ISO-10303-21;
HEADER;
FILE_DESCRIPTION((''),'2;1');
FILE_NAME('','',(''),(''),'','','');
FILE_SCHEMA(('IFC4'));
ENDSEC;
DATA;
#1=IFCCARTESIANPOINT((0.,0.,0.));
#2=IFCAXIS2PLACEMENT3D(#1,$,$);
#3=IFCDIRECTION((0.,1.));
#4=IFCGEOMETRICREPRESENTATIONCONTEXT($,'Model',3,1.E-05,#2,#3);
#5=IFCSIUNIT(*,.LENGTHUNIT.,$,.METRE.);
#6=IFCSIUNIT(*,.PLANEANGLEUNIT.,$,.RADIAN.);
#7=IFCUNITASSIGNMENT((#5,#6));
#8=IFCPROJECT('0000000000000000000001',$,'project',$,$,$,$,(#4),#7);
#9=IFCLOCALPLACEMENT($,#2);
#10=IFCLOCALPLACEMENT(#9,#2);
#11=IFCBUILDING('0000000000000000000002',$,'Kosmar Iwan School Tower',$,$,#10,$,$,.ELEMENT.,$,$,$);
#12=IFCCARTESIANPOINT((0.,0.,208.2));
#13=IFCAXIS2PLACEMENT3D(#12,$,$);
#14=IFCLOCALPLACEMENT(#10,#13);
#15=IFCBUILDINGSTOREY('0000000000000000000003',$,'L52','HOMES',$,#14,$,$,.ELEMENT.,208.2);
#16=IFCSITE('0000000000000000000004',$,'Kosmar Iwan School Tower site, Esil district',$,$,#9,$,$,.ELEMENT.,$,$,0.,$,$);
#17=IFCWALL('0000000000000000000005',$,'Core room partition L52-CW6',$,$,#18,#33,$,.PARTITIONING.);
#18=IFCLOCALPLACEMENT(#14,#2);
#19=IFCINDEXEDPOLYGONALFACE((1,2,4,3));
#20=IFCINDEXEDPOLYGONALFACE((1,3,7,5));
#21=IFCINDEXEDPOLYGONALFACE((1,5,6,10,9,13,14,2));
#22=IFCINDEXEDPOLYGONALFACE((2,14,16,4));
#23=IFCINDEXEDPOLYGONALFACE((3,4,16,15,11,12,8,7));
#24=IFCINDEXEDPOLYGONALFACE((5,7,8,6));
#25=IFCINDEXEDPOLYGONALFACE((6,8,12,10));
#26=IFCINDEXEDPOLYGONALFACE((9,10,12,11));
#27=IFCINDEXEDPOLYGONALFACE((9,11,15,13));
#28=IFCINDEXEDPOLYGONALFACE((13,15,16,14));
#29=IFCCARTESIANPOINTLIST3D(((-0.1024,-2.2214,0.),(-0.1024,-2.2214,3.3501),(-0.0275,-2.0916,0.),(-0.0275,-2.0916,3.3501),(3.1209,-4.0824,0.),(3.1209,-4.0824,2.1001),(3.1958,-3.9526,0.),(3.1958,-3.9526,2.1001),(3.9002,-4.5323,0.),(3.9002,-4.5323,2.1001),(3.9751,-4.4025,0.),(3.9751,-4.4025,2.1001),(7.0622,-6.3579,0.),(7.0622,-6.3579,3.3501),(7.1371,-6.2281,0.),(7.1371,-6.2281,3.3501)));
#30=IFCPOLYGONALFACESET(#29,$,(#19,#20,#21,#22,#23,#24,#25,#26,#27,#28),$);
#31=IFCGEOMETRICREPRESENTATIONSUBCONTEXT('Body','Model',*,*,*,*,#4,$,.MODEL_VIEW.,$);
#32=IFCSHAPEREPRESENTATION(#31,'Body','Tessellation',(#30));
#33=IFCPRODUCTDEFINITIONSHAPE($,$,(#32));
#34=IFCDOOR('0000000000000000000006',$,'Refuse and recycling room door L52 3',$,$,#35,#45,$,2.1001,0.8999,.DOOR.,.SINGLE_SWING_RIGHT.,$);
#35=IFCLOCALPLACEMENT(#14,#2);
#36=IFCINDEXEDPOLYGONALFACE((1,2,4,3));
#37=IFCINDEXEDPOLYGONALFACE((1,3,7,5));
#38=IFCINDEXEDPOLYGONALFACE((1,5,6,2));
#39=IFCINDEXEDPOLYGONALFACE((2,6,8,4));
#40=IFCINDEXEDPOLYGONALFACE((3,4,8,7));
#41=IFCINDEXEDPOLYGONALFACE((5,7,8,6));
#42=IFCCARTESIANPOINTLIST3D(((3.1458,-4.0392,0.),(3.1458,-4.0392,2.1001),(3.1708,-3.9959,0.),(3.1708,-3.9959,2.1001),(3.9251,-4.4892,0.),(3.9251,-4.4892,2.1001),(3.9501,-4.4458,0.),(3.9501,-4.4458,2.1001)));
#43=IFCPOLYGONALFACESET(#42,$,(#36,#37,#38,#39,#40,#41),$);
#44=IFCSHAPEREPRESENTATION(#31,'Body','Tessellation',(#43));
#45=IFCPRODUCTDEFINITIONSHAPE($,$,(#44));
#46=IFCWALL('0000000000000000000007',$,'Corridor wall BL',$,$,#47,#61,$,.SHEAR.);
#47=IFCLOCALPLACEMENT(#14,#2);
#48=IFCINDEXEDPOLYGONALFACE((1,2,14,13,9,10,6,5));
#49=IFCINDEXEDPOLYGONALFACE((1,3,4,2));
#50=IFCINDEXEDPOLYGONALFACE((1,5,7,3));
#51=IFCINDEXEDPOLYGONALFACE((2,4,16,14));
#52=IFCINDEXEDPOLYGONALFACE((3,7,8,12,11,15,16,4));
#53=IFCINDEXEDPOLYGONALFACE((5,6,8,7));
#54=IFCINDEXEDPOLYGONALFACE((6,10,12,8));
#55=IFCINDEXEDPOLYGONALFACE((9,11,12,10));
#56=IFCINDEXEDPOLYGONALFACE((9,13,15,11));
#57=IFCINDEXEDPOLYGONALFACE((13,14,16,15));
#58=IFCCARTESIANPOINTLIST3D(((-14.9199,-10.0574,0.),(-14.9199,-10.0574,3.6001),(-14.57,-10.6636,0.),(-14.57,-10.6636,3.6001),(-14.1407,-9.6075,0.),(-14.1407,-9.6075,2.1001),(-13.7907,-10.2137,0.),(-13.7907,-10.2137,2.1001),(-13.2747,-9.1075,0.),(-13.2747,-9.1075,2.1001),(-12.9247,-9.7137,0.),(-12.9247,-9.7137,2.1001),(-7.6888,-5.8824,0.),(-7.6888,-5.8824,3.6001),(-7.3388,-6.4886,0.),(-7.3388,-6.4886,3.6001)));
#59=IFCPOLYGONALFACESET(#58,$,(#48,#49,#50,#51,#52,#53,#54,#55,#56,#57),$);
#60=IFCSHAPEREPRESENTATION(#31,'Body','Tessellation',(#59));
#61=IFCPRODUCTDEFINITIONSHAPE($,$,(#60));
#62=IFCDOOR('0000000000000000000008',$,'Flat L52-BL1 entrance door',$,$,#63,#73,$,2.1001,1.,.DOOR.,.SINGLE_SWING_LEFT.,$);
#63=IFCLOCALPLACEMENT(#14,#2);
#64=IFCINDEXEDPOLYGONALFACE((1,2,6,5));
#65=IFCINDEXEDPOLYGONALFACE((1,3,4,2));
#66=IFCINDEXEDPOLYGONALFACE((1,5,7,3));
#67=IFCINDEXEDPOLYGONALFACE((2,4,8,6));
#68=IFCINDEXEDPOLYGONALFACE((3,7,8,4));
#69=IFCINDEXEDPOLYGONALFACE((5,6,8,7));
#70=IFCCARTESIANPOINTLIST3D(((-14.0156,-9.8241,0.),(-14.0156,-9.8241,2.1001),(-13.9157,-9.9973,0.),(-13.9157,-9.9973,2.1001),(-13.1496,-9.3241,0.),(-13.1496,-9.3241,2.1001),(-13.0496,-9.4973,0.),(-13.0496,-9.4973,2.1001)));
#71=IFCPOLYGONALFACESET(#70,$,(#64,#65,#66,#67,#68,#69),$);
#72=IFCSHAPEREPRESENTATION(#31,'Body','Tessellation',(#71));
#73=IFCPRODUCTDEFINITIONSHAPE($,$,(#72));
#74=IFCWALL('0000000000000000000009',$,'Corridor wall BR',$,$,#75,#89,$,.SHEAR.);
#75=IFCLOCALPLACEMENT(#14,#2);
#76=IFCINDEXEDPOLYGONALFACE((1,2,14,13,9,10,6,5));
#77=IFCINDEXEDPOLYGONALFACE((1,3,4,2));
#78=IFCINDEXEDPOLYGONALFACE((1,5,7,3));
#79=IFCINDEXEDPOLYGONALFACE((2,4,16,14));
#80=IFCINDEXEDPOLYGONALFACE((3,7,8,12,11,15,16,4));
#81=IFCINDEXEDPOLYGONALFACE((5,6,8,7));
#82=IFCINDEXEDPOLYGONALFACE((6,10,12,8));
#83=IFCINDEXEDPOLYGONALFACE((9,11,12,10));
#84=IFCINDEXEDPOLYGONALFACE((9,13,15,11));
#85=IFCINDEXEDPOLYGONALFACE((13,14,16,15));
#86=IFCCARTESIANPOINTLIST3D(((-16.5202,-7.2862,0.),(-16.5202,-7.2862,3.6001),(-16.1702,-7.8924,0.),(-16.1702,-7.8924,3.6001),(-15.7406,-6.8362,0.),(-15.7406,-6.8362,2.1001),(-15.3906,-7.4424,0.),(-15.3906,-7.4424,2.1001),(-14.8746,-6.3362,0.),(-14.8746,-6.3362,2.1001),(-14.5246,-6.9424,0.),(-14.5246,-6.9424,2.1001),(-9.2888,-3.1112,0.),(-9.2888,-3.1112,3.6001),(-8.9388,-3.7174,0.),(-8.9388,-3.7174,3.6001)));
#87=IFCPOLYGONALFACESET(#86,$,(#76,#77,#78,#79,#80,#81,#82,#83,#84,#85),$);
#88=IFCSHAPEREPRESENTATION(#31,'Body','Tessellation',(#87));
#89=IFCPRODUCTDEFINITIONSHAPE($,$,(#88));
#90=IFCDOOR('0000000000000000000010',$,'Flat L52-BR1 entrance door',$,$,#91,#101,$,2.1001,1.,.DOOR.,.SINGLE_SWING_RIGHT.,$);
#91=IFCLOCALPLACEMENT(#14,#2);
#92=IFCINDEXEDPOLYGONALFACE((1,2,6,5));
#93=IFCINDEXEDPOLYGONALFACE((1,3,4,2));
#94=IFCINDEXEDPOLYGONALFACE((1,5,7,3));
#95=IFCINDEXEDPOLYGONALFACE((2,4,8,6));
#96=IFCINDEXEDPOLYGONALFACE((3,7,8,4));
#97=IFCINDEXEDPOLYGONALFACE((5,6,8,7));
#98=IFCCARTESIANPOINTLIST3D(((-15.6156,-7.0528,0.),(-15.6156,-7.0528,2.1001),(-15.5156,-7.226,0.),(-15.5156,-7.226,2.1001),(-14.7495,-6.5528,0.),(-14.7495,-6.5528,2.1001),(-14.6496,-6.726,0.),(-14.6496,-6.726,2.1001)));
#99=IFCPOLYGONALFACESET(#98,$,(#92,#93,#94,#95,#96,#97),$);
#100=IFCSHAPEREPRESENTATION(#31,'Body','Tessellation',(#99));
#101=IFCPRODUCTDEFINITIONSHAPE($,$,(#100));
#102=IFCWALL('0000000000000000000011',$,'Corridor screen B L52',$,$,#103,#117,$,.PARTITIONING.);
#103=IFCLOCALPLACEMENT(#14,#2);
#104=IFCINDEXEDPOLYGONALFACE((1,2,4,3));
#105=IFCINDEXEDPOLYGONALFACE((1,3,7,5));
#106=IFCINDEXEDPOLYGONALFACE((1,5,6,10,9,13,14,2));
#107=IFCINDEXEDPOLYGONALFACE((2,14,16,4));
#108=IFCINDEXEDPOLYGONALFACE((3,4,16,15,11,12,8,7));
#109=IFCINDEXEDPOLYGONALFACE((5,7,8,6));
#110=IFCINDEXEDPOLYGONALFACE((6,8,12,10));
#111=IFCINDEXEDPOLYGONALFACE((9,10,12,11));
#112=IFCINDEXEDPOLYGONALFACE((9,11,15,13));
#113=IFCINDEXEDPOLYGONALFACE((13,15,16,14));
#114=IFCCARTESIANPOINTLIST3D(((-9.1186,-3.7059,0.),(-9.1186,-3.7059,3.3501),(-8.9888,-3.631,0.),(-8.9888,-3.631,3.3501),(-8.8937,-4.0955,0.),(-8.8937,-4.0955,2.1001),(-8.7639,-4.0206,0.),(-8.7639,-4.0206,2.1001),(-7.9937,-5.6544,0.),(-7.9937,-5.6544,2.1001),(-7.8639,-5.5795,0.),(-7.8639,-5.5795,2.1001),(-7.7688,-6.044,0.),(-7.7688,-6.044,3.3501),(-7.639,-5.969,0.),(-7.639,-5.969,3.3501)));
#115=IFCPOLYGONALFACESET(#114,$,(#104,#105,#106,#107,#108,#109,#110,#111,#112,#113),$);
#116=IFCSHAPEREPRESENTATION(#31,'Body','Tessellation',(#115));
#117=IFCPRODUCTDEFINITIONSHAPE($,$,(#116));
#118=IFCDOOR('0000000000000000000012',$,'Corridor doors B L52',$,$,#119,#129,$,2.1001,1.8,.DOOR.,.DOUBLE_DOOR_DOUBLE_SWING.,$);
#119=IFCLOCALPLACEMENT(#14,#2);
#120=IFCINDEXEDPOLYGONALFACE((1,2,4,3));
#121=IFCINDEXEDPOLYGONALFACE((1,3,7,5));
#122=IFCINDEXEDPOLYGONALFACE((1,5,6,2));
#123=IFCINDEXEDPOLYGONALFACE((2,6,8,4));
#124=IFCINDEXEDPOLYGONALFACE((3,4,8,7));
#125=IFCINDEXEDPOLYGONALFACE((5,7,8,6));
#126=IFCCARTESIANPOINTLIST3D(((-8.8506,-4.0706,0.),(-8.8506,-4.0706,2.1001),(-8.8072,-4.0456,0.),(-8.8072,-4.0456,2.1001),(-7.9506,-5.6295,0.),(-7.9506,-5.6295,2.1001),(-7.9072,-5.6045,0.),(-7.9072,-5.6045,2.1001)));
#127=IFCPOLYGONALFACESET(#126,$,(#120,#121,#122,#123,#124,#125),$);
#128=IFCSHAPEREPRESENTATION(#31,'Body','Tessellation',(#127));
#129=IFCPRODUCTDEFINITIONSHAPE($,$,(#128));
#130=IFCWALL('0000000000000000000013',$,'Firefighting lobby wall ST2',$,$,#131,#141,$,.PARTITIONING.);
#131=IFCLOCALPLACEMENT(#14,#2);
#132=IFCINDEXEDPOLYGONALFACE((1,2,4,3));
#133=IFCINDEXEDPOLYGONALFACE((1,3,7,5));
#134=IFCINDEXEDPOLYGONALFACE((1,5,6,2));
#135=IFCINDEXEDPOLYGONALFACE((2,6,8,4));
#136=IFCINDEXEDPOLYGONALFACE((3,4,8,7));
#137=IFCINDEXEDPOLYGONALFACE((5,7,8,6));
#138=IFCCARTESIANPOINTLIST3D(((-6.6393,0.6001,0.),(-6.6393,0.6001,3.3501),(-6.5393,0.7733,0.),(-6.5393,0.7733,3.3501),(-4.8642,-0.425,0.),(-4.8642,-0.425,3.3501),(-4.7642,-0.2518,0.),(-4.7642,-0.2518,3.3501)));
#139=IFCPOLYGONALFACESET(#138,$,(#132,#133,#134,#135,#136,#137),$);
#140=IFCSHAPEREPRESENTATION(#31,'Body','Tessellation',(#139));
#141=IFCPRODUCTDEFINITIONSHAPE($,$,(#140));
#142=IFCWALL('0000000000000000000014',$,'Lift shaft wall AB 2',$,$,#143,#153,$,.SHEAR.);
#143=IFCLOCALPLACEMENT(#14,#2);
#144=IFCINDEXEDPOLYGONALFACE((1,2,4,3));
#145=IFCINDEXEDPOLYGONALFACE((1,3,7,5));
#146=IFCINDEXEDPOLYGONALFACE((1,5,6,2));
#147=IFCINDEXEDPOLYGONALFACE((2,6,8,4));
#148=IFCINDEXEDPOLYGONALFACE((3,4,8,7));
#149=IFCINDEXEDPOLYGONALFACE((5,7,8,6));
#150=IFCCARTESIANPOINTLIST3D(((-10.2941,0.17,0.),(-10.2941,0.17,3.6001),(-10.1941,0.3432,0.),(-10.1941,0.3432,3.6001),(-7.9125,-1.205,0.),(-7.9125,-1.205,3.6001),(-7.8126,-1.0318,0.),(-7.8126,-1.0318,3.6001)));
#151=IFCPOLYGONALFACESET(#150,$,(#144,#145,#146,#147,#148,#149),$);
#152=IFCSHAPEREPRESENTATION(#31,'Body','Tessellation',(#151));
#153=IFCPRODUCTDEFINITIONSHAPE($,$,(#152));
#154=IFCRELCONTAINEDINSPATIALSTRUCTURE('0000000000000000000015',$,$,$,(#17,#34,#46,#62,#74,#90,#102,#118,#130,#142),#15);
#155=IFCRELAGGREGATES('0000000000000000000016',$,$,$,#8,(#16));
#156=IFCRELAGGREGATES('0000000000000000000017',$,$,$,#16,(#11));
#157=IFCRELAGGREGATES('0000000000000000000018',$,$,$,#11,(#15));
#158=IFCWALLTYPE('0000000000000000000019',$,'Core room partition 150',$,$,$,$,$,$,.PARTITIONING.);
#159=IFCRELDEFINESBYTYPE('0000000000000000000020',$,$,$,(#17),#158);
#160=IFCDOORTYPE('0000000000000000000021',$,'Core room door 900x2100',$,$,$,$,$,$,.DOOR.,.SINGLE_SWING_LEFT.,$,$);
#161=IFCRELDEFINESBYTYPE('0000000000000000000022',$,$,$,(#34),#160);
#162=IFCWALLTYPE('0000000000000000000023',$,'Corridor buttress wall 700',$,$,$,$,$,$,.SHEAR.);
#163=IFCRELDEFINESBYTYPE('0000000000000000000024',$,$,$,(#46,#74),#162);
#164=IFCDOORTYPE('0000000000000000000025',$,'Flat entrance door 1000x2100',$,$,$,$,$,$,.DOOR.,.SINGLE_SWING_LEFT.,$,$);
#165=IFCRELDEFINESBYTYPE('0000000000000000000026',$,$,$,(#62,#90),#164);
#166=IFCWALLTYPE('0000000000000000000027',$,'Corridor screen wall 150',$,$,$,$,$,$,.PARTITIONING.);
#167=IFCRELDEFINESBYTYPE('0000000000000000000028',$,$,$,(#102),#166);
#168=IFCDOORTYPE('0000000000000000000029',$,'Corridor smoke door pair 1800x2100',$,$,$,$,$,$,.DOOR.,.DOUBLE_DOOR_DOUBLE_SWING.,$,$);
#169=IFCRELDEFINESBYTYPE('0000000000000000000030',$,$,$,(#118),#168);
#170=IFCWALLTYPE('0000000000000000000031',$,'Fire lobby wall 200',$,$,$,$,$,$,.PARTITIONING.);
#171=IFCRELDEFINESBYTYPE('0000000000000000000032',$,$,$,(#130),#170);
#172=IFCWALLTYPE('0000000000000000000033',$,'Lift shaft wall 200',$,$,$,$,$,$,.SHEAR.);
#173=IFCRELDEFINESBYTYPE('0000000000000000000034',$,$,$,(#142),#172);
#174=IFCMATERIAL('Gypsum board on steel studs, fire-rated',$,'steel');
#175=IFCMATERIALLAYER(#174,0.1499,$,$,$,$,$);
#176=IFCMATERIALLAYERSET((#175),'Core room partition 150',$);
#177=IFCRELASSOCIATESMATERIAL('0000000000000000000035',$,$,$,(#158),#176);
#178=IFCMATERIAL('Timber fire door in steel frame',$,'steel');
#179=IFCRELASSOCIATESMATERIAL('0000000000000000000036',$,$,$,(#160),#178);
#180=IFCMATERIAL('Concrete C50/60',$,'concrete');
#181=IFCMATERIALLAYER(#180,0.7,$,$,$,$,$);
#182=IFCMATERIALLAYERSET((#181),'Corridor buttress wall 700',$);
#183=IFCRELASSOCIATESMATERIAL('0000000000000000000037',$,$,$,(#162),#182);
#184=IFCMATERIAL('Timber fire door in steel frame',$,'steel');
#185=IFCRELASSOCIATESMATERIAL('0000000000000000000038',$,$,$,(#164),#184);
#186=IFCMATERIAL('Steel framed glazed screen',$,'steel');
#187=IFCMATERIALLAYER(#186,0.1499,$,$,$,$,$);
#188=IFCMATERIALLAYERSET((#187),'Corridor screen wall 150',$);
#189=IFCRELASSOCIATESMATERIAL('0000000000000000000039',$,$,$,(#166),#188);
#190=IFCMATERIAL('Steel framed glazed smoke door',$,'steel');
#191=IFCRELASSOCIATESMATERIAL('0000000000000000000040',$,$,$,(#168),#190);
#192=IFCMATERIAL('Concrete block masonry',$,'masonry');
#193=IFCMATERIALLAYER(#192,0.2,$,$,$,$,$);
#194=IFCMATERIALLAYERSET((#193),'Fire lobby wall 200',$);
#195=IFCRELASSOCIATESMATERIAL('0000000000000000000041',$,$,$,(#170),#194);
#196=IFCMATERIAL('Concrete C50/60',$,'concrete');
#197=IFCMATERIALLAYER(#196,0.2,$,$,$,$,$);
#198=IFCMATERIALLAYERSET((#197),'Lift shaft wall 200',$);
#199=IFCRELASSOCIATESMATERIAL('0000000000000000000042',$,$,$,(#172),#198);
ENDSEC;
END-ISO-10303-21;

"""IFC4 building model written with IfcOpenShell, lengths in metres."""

from ifc_helpers import new_model, si_unit, direction, frame, frame_2d, origin, place, context, subcontext, project, spatial, rectangle, extrude, material, layer, layer_set, type_object, element, fill, save


model = new_model("IFC4")

# Units and contexts
model_context = context("Model", 3, precision=1e-05, world=origin(), true_north=direction((0.0, 1.0)))
body_context = subcontext(model_context, "Body", "Model", "MODEL_VIEW")
ifc_project = project(units=[si_unit("LENGTHUNIT", "METRE"), si_unit("PLANEANGLEUNIT", "RADIAN")], contexts=[model_context])

# Site, building, storey
site_placement = place(None, origin())
site = spatial("IfcSite", under=ifc_project, at=site_placement, Name="Kosmar Iwan School Tower site, Esil district", CompositionType="ELEMENT", RefElevation=0.0)
building_placement = place(site_placement, origin())
building = spatial("IfcBuilding", under=site, at=building_placement, Name="Kosmar Iwan School Tower", CompositionType="ELEMENT")
storey_placement = place(building_placement, frame((0.0, 0.0, 208.2)))
storey = spatial("IfcBuildingStorey", under=building, at=storey_placement, Name="L52", Description="HOMES", CompositionType="ELEMENT", Elevation=208.2)

# Walls, openings, doors
ifc_material_1 = material(Name="Gypsum board on steel studs, fire-rated", Category="steel")
ifc_layer_1 = layer(ifc_material_1, 0.1499)
ifc_layer_set_1 = layer_set([ifc_layer_1], Name="Core room partition 150")
wall_type_1 = type_object("IfcWallType", Name="Core room partition 150", PredefinedType="PARTITIONING", material=ifc_layer_set_1)
wall_1_placement = place(storey_placement, frame((-0.0649, -2.1565, 0.0), z_axis=(0.0, 0.0, 1.0), x_axis=(0.866024, -0.500002, 0.0)))
wall_1 = element("IfcWall", 1, at=wall_1_placement, inside=storey, type_object=wall_type_1, Name="Core room partition L52-CW6", PredefinedType="PARTITIONING", context=body_context, shape_type="SweptSolid", body=[
    extrude(rectangle(XDim=8.2729, YDim=0.1499, at=frame_2d((4.1365, 0.0))), origin(), (0.0, 0.0, 1.0), 3.3501),
])
opening_1_placement = place(wall_1_placement, frame((3.7219, 0.0, 0.0)))
opening_1 = element("IfcOpeningElement", 2, at=opening_1_placement, cuts=wall_1, PredefinedType="OPENING", context=body_context, shape_type="SweptSolid", body=[
    extrude(rectangle(XDim=0.8999, YDim=2.1001, at=frame_2d((0.45, 1.05))), frame((0.0, 0.0869, 0.0), z_axis=(0.0, -1.0, 0.0), x_axis=(1.0, 0.0, 0.0)), (0.0, 0.0, 1.0), 0.1738),
])
ifc_material_2 = material(Name="Timber fire door in steel frame", Category="steel")
door_type_1 = type_object("IfcDoorType", Name="Core room door 900x2100", OperationType="SINGLE_SWING_LEFT", PredefinedType="DOOR", material=ifc_material_2)
door_1_placement = place(opening_1_placement, origin())
door_1 = element("IfcDoor", 3, at=door_1_placement, inside=storey, type_object=door_type_1, Name="Refuse and recycling room door L52 3", OperationType="SINGLE_SWING_RIGHT", OverallHeight=2.1001, OverallWidth=0.8999, PredefinedType="DOOR", context=body_context, shape_type="SweptSolid", body=[
    extrude(rectangle(XDim=0.8999, YDim=2.1001, at=frame_2d((0.45, 1.05))), frame((0.0, 0.0249, 0.0), z_axis=(0.0, -1.0, 0.0), x_axis=(1.0, 0.0, 0.0)), (0.0, 0.0, 1.0), 0.05),
])
fill(opening_1, door_1)
ifc_material_3 = material(Name="Concrete C50/60", Category="concrete")
ifc_layer_2 = layer(ifc_material_3, 0.7)
ifc_layer_set_2 = layer_set([ifc_layer_2], Name="Corridor buttress wall 700")
wall_type_2 = type_object("IfcWallType", Name="Corridor buttress wall 700", PredefinedType="SHEAR", material=ifc_layer_set_2)
wall_2_placement = place(storey_placement, frame((-7.5139, -6.1855, 0.0), z_axis=(0.0, 0.0, 1.0), x_axis=(-0.86602, -0.50001, 0.0)))
wall_2 = element("IfcWall", 4, at=wall_2_placement, inside=storey, type_object=wall_type_2, Name="Corridor wall BL", PredefinedType="SHEAR", context=body_context, shape_type="SweptSolid", body=[
    extrude(rectangle(XDim=8.3499, YDim=0.7, at=frame_2d((4.1748, 0.0))), origin(), (0.0, 0.0, 1.0), 3.6001),
])
opening_2_placement = place(wall_2_placement, frame((6.45, 0.0, 0.0)))
opening_2 = element("IfcOpeningElement", 5, at=opening_2_placement, cuts=wall_2, PredefinedType="OPENING", context=body_context, shape_type="SweptSolid", body=[
    extrude(rectangle(XDim=1.0, YDim=2.1001, at=frame_2d((0.5, 1.05))), frame((0.0, 0.3621, 0.0), z_axis=(0.0, -1.0, 0.0), x_axis=(1.0, 0.0, 0.0)), (0.0, 0.0, 1.0), 0.7239),
])
ifc_material_4 = material(Name="Timber fire door in steel frame", Category="steel")
door_type_2 = type_object("IfcDoorType", Name="Flat entrance door 1000x2100", OperationType="SINGLE_SWING_LEFT", PredefinedType="DOOR", material=ifc_material_4)
door_2_placement = place(opening_2_placement, origin())
door_2 = element("IfcDoor", 6, at=door_2_placement, inside=storey, type_object=door_type_2, Name="Flat L52-BL1 entrance door", OperationType="SINGLE_SWING_LEFT", OverallHeight=2.1001, OverallWidth=1.0, PredefinedType="DOOR", context=body_context, shape_type="SweptSolid", body=[
    extrude(rectangle(XDim=1.0, YDim=2.1001, at=frame_2d((0.5, 1.05))), frame((0.0, 0.1001, 0.0), z_axis=(0.0, -1.0, 0.0), x_axis=(1.0, 0.0, 0.0)), (0.0, 0.0, 1.0), 0.2),
])
fill(opening_2, door_2)
wall_3_placement = place(storey_placement, frame((-9.1138, -3.4143, 0.0), z_axis=(0.0, 0.0, 1.0), x_axis=(-0.866027, -0.499997, 0.0)))
wall_3 = element("IfcWall", 7, at=wall_3_placement, inside=storey, type_object=wall_type_2, Name="Corridor wall BR", PredefinedType="SHEAR", context=body_context, shape_type="SweptSolid", body=[
    extrude(rectangle(XDim=8.3501, YDim=0.7, at=frame_2d((4.175, 0.0))), origin(), (0.0, 0.0, 1.0), 3.6001),
])
opening_3_placement = place(wall_3_placement, frame((6.45, 0.0, 0.0)))
opening_3 = element("IfcOpeningElement", 8, at=opening_3_placement, cuts=wall_3, PredefinedType="OPENING", context=body_context, shape_type="SweptSolid", body=[
    extrude(rectangle(XDim=1.0, YDim=2.1001, at=frame_2d((0.5, 1.05))), frame((0.0, 0.3621, 0.0), z_axis=(0.0, -1.0, 0.0), x_axis=(1.0, 0.0, 0.0)), (0.0, 0.0, 1.0), 0.7239),
])
door_3_placement = place(opening_3_placement, origin())
door_3 = element("IfcDoor", 9, at=door_3_placement, inside=storey, type_object=door_type_2, Name="Flat L52-BR1 entrance door", OperationType="SINGLE_SWING_RIGHT", OverallHeight=2.1001, OverallWidth=1.0, PredefinedType="DOOR", context=body_context, shape_type="SweptSolid", body=[
    extrude(rectangle(XDim=1.0, YDim=2.1001, at=frame_2d((0.5, 1.05))), frame((0.0, 0.1001, 0.0), z_axis=(0.0, -1.0, 0.0), x_axis=(1.0, 0.0, 0.0)), (0.0, 0.0, 1.0), 0.2),
])
fill(opening_3, door_3)
ifc_material_5 = material(Name="Steel framed glazed screen", Category="steel")
ifc_layer_3 = layer(ifc_material_5, 0.1499)
ifc_layer_set_3 = layer_set([ifc_layer_3], Name="Corridor screen wall 150")
wall_type_3 = type_object("IfcWallType", Name="Corridor screen wall 150", PredefinedType="PARTITIONING", material=ifc_layer_set_3)
wall_4_placement = place(storey_placement, frame((-9.0537, -3.6685, 0.0), z_axis=(0.0, 0.0, 1.0), x_axis=(0.499981, -0.866037, 0.0)))
wall_4 = element("IfcWall", 10, at=wall_4_placement, inside=storey, type_object=wall_type_3, Name="Corridor screen B L52", PredefinedType="PARTITIONING", context=body_context, shape_type="SweptSolid", body=[
    extrude(rectangle(XDim=2.6997, YDim=0.1499, at=frame_2d((1.3499, 0.0))), origin(), (0.0, 0.0, 1.0), 3.3501),
])
opening_4_placement = place(wall_4_placement, frame((0.45, 0.0, 0.0)))
opening_4 = element("IfcOpeningElement", 11, at=opening_4_placement, cuts=wall_4, PredefinedType="OPENING", context=body_context, shape_type="SweptSolid", body=[
    extrude(rectangle(XDim=1.8, YDim=2.1001, at=frame_2d((0.8999, 1.05))), frame((0.0, 0.0869, 0.0), z_axis=(0.0, -1.0, 0.0), x_axis=(1.0, 0.0, 0.0)), (0.0, 0.0, 1.0), 0.1738),
])
ifc_material_6 = material(Name="Steel framed glazed smoke door", Category="steel")
door_type_3 = type_object("IfcDoorType", Name="Corridor smoke door pair 1800x2100", OperationType="DOUBLE_DOOR_DOUBLE_SWING", PredefinedType="DOOR", material=ifc_material_6)
door_4_placement = place(opening_4_placement, origin())
door_4 = element("IfcDoor", 12, at=door_4_placement, inside=storey, type_object=door_type_3, Name="Corridor doors B L52", OperationType="DOUBLE_DOOR_DOUBLE_SWING", OverallHeight=2.1001, OverallWidth=1.8, PredefinedType="DOOR", context=body_context, shape_type="SweptSolid", body=[
    extrude(rectangle(XDim=1.8, YDim=2.1001, at=frame_2d((0.8999, 1.05))), frame((0.0, 0.0249, 0.0), z_axis=(0.0, -1.0, 0.0), x_axis=(1.0, 0.0, 0.0)), (0.0, 0.0, 1.0), 0.05),
])
fill(opening_4, door_4)

# Walls
ifc_material_7 = material(Name="Concrete block masonry", Category="masonry")
ifc_layer_4 = layer(ifc_material_7, 0.2)
ifc_layer_set_4 = layer_set([ifc_layer_4], Name="Fire lobby wall 200")
wall_type_4 = type_object("IfcWallType", Name="Fire lobby wall 200", PredefinedType="PARTITIONING", material=ifc_layer_set_4)
wall_5_placement = place(storey_placement, frame((-4.8142, -0.3384, 0.0), z_axis=(0.0, 0.0, 1.0), x_axis=(-0.865969, 0.500097, 0.0)))
element("IfcWall", 13, at=wall_5_placement, inside=storey, type_object=wall_type_4, Name="Firefighting lobby wall ST2", PredefinedType="PARTITIONING", context=body_context, shape_type="SweptSolid", body=[
    extrude(rectangle(XDim=2.0498, YDim=0.2, at=frame_2d((1.0249, 0.0))), origin(), (0.0, 0.0, 1.0), 3.3501),
])
ifc_material_8 = material(Name="Concrete C50/60", Category="concrete")
ifc_layer_5 = layer(ifc_material_8, 0.2)
ifc_layer_set_5 = layer_set([ifc_layer_5], Name="Lift shaft wall 200")
wall_type_5 = type_object("IfcWallType", Name="Lift shaft wall 200", PredefinedType="SHEAR", material=ifc_layer_set_5)
wall_6_placement = place(storey_placement, frame((-7.8625, -1.1184, 0.0), z_axis=(0.0, 0.0, 1.0), x_axis=(-0.866027, 0.499997, 0.0)))
element("IfcWall", 14, at=wall_6_placement, inside=storey, type_object=wall_type_5, Name="Lift shaft wall AB 2", PredefinedType="SHEAR", context=body_context, shape_type="SweptSolid", body=[
    extrude(rectangle(XDim=2.75, YDim=0.2, at=frame_2d((1.375, 0.0))), origin(), (0.0, 0.0, 1.0), 3.6001),
])

save(model, "model.ifc")
